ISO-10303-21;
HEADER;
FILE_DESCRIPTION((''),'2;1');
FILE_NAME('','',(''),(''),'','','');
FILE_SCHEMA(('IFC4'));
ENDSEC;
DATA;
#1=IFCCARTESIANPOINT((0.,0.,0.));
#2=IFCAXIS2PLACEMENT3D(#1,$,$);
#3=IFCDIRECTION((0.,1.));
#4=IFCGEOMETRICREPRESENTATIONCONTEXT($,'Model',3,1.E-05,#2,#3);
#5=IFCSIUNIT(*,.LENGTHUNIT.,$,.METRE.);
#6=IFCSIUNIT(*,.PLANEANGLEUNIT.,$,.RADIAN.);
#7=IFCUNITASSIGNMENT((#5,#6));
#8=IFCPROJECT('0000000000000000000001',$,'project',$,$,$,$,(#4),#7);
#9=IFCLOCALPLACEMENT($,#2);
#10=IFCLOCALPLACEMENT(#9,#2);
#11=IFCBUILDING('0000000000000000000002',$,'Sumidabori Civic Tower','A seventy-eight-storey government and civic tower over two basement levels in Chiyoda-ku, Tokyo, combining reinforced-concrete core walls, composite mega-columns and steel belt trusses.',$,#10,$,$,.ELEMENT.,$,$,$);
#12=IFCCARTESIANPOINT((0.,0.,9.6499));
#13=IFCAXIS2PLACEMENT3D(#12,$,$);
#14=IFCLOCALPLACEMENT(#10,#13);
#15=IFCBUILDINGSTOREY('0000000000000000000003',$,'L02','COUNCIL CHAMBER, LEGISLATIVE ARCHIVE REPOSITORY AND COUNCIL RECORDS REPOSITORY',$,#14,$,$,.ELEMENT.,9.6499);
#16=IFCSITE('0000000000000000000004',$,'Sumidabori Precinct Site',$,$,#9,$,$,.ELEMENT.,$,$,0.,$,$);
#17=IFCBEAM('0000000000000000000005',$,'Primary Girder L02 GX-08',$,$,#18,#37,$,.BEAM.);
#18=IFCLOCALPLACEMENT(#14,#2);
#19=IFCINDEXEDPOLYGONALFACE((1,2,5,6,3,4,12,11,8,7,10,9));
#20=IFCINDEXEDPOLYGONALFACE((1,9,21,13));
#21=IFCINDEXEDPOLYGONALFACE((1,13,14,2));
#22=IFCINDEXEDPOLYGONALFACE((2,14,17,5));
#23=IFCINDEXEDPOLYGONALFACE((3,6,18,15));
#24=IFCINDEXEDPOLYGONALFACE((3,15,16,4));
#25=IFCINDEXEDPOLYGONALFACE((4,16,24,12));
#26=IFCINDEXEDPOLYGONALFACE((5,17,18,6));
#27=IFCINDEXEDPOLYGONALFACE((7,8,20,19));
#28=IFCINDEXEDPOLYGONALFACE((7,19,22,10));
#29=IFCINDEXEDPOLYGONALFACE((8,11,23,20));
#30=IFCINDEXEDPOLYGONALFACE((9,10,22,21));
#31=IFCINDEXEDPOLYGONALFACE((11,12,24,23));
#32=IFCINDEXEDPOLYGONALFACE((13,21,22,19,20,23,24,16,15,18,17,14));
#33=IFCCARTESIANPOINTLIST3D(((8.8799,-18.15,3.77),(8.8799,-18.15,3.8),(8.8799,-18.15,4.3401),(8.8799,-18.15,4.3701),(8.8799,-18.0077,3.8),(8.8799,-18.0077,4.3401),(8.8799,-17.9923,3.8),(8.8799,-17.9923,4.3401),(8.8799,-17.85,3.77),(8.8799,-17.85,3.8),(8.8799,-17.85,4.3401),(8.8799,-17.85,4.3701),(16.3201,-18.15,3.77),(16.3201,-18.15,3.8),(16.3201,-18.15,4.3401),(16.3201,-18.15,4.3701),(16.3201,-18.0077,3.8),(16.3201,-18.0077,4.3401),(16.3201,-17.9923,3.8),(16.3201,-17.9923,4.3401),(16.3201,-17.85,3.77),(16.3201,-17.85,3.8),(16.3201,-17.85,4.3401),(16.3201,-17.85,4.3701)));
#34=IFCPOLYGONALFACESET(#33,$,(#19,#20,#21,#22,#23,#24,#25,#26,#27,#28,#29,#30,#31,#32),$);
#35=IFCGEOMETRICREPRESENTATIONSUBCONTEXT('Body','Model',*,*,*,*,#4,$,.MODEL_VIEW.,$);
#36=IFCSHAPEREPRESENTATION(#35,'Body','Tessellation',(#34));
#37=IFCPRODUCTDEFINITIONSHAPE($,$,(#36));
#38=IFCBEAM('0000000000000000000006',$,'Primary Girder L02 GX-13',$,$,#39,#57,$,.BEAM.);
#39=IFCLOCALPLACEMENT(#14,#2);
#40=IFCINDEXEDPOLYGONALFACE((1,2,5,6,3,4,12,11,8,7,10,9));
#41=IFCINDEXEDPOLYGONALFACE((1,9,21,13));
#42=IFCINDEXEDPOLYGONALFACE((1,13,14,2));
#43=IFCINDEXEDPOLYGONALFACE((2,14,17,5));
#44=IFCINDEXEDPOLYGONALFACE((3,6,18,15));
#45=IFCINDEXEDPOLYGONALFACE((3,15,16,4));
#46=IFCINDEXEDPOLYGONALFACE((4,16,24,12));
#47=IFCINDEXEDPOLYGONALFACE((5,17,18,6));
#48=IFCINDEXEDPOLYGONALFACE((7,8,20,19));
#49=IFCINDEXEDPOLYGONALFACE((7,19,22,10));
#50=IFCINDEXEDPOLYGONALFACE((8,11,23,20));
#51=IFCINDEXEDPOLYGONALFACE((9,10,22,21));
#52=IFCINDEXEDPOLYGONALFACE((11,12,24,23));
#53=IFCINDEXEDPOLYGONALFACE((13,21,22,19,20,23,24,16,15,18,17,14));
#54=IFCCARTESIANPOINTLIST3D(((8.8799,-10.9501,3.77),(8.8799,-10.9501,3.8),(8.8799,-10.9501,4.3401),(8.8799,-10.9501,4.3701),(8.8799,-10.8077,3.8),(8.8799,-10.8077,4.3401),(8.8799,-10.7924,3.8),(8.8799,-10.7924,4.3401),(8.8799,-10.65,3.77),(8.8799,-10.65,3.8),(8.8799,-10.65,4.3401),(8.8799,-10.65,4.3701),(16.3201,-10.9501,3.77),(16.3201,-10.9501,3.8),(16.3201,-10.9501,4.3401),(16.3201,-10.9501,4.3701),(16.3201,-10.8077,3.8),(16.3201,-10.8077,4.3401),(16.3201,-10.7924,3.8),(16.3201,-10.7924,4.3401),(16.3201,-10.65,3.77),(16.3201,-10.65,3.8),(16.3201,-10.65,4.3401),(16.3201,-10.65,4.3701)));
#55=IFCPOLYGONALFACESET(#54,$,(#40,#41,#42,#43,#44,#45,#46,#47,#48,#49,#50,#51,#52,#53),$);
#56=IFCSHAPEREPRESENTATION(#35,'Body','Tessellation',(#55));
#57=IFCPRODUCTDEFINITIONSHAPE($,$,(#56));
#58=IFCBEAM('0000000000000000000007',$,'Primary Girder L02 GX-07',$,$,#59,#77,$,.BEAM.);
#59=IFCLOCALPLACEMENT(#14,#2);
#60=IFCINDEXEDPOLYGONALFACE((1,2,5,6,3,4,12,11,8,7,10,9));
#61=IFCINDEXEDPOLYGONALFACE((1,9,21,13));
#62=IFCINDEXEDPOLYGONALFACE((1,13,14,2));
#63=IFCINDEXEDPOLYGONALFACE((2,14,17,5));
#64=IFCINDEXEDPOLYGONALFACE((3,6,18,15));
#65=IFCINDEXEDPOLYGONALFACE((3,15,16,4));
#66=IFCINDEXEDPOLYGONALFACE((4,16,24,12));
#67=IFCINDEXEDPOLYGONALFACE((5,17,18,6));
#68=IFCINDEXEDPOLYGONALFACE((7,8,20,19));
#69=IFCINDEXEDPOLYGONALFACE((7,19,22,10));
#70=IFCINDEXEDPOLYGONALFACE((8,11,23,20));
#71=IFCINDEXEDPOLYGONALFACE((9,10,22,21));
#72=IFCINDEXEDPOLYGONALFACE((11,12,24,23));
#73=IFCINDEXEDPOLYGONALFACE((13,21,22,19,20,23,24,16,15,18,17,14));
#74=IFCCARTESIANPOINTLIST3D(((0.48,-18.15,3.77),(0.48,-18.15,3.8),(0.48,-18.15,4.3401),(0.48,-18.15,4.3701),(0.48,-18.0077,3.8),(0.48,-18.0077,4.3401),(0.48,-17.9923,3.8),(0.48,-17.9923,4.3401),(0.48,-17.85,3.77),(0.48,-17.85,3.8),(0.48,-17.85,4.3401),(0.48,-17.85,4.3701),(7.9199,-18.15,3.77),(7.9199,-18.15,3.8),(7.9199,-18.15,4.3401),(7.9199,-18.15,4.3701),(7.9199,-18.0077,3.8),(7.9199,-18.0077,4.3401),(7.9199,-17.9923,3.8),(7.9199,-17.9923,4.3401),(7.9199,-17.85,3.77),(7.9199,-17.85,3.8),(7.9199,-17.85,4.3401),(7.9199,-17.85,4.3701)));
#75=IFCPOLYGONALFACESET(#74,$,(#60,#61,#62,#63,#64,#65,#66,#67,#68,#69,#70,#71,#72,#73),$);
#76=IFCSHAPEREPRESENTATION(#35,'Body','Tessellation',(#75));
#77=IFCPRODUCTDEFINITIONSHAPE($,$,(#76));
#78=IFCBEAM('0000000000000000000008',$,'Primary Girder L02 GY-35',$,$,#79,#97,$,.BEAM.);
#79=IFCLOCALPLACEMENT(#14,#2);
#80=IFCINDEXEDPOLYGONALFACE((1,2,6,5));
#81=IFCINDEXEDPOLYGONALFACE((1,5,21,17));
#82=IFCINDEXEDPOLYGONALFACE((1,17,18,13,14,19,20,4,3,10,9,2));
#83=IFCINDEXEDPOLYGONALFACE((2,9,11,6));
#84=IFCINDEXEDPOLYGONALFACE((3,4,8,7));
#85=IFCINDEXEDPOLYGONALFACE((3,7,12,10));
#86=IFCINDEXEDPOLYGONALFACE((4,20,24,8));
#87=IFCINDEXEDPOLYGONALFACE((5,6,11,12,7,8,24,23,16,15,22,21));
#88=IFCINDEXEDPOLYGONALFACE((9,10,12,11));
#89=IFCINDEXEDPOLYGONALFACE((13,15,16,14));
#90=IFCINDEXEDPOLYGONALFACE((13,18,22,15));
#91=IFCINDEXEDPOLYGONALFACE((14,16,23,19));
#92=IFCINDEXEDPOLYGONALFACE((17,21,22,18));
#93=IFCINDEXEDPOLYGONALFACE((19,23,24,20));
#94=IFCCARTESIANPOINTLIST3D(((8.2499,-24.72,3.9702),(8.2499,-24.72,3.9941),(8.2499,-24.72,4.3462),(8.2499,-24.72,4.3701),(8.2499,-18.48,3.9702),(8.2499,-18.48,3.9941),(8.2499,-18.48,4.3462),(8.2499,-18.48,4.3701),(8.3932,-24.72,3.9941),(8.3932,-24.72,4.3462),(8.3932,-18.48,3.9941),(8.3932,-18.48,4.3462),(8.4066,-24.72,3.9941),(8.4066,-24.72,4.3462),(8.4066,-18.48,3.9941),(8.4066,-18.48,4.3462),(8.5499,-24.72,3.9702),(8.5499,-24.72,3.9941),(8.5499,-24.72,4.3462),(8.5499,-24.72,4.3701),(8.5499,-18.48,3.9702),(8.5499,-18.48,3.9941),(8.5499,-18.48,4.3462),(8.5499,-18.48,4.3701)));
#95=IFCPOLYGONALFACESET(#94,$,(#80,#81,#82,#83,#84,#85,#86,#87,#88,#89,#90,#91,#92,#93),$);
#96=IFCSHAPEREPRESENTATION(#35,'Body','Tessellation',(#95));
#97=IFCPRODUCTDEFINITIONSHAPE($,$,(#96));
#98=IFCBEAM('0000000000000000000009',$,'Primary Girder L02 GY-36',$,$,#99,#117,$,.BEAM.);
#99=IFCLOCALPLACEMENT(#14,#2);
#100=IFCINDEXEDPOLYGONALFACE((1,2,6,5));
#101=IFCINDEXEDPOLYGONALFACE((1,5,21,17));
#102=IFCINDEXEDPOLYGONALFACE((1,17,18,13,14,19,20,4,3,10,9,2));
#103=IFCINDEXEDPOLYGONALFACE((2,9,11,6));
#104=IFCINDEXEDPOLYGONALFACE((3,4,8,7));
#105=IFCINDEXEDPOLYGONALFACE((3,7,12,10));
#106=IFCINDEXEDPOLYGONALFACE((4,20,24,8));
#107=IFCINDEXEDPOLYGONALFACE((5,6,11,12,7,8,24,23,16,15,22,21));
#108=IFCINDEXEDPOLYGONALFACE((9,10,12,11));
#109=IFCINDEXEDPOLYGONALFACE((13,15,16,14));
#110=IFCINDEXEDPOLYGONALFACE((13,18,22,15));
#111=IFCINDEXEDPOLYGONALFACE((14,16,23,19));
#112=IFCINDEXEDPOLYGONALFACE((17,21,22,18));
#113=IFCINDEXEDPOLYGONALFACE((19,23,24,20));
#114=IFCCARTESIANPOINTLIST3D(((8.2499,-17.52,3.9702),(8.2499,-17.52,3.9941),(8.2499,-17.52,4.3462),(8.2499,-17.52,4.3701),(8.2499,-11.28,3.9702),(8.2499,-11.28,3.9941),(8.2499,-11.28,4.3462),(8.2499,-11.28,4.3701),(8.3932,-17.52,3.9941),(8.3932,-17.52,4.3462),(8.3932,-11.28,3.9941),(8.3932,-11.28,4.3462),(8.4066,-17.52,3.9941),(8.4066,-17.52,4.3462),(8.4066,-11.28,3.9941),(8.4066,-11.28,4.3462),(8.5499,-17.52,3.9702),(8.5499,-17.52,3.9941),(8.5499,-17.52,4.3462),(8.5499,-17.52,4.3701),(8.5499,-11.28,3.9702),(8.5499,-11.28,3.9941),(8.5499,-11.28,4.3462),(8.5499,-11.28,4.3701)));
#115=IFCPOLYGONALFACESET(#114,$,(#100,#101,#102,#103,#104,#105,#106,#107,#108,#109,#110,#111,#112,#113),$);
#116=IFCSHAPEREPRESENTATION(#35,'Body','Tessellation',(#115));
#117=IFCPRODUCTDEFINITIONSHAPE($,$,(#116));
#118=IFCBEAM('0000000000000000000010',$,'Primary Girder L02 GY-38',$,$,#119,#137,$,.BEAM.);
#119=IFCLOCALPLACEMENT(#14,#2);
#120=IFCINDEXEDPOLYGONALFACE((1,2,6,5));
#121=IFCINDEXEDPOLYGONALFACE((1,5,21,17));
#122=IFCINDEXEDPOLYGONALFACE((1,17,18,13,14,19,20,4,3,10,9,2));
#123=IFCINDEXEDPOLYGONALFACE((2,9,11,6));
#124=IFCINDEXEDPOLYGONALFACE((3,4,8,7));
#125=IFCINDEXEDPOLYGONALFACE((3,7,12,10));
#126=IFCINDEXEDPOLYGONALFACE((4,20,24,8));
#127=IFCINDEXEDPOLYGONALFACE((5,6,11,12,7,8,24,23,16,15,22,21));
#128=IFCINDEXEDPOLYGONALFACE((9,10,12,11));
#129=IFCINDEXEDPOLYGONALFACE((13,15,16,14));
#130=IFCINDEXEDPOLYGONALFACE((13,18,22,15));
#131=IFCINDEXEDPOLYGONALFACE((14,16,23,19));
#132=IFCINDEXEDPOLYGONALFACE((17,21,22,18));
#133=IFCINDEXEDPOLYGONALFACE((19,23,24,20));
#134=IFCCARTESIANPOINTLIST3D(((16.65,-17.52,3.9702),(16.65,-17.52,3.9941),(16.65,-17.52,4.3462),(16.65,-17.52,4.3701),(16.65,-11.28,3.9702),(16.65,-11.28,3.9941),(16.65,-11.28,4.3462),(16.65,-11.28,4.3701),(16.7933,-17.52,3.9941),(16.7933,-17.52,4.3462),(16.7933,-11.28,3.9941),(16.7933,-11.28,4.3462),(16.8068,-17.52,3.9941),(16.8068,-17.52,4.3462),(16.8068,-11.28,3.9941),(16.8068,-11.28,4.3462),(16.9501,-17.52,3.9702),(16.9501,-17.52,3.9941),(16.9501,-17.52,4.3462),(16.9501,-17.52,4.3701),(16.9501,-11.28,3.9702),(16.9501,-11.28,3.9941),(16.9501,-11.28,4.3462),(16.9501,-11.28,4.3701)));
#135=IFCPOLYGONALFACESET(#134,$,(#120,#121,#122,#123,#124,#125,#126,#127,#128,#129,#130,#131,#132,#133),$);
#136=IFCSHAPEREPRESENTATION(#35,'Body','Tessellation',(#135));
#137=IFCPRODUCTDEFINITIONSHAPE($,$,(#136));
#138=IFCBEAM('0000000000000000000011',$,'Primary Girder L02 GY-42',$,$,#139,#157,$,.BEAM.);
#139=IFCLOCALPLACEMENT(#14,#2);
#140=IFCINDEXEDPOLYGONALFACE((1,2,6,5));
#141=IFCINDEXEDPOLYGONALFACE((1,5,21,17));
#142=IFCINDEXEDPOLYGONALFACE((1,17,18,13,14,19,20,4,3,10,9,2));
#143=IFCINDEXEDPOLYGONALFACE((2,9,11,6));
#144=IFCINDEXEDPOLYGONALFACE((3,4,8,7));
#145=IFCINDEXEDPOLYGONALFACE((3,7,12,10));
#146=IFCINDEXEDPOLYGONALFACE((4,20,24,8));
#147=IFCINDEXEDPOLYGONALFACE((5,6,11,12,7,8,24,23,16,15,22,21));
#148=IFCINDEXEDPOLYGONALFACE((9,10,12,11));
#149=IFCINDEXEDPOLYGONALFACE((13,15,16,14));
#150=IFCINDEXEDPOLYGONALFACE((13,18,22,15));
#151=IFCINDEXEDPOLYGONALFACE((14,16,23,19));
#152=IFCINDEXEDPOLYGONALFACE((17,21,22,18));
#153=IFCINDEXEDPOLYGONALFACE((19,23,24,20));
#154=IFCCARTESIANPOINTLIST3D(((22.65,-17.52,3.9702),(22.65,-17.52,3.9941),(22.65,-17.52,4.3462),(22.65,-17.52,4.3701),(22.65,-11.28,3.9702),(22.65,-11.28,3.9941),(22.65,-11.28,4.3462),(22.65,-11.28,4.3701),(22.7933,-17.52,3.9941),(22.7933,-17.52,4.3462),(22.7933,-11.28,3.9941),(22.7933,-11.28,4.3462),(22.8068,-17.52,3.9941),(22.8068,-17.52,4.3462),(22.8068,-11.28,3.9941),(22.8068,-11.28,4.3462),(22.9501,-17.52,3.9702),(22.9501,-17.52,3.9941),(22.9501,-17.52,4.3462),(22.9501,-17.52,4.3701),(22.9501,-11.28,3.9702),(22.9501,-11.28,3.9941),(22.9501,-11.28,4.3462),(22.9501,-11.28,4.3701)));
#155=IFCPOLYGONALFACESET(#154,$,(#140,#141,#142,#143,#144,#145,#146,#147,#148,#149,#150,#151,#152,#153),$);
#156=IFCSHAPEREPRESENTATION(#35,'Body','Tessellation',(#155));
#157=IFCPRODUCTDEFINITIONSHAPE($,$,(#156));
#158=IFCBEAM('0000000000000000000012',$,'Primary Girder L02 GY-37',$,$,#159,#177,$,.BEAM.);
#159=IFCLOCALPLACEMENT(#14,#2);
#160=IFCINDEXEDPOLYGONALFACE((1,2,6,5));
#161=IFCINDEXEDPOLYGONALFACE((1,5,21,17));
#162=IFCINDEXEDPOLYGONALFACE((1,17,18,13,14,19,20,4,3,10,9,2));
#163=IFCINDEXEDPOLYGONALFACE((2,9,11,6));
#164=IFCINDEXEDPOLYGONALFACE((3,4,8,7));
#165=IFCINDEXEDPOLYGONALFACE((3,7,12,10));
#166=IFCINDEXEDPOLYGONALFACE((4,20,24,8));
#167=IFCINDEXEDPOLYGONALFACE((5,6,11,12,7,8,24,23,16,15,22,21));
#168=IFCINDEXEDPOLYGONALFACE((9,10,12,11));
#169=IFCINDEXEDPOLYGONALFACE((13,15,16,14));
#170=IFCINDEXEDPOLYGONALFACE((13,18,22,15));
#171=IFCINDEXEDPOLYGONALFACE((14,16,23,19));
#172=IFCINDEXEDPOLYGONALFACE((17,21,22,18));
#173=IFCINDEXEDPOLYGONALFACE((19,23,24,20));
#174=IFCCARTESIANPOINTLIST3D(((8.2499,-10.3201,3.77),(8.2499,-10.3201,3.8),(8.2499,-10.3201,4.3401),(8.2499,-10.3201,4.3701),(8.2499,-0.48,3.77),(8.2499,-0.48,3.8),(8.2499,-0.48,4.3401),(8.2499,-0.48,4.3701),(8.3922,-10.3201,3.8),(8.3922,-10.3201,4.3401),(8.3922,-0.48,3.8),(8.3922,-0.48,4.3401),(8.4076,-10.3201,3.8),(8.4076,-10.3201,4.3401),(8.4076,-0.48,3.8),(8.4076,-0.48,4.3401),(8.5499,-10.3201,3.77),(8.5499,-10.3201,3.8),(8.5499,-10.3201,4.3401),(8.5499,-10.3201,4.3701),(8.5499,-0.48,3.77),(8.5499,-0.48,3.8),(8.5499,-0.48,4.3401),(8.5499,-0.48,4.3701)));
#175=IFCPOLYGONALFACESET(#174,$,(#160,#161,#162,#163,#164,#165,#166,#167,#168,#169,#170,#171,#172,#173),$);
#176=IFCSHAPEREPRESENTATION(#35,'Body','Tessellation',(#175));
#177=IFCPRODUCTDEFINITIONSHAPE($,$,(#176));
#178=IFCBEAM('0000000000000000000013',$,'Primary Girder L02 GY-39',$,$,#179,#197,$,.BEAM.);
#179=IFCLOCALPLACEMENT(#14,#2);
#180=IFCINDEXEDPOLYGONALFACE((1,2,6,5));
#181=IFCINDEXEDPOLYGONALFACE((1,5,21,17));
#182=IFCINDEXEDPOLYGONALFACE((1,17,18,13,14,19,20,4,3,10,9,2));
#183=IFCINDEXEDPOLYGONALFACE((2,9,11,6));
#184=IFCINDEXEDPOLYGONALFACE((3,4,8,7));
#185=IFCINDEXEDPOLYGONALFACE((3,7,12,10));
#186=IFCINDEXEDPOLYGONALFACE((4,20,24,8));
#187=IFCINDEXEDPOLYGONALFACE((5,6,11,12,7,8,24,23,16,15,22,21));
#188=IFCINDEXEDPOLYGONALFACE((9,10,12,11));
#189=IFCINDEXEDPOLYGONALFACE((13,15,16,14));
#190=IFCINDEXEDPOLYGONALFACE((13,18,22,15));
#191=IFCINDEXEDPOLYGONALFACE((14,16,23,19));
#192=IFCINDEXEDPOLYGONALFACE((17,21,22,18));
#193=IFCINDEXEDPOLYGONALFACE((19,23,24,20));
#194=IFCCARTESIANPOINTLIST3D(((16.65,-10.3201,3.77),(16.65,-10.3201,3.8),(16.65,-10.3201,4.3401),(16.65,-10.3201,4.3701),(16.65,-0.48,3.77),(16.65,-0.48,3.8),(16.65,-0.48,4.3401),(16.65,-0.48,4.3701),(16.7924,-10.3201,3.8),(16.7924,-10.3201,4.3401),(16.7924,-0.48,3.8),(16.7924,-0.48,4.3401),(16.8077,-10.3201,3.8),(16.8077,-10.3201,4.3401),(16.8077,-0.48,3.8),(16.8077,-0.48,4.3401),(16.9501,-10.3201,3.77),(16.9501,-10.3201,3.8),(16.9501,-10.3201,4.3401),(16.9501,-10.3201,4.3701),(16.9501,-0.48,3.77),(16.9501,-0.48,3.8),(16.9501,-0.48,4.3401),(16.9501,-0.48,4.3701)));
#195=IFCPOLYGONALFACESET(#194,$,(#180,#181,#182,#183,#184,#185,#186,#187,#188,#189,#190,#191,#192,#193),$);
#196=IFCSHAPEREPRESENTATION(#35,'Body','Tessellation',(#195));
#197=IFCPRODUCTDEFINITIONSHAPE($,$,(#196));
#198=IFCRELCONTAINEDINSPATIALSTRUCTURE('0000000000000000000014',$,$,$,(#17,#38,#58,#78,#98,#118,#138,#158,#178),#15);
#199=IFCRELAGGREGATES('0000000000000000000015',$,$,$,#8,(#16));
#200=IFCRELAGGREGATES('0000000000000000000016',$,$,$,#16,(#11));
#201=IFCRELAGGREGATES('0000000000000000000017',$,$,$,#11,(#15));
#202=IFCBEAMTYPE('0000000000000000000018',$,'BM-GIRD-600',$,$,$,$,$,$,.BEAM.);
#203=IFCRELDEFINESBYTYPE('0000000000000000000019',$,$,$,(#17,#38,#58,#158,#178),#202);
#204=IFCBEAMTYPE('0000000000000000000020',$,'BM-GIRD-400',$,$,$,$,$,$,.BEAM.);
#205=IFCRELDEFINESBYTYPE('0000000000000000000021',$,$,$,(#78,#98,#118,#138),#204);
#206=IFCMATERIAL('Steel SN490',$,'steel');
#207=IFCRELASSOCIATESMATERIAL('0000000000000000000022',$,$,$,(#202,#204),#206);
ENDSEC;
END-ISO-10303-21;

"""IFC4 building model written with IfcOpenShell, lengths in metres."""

from ifc_helpers import new_model, si_unit, direction, frame, origin, origin_2d, place, context, subcontext, project, spatial, i_section, extrude, source, transform, mapped, material, material_profile, profile_set, type_object, element, save


model = new_model("IFC4")

# Units and contexts
model_context = context("Model", 3, precision=1e-05, world=origin(), true_north=direction((0.0, 1.0)))
body_context = subcontext(model_context, "Body", "Model", "MODEL_VIEW")
ifc_project = project(units=[si_unit("LENGTHUNIT", "METRE"), si_unit("PLANEANGLEUNIT", "RADIAN")], contexts=[model_context])

# Site, building, storey
site_placement = place(None, origin())
site = spatial("IfcSite", under=ifc_project, at=site_placement, Name="Sumidabori Precinct Site", CompositionType="ELEMENT", RefElevation=0.0)
building_placement = place(site_placement, origin())
building = spatial("IfcBuilding", under=site, at=building_placement, Name="Sumidabori Civic Tower", Description="A seventy-eight-storey government and civic tower over two basement levels in Chiyoda-ku, Tokyo, combining reinforced-concrete core walls, composite mega-columns and steel belt trusses.", CompositionType="ELEMENT")
storey_placement = place(building_placement, frame((0.0, 0.0, 9.6499)))
storey = spatial("IfcBuildingStorey", under=building, at=storey_placement, Name="L02", Description="COUNCIL CHAMBER, LEGISLATIVE ARCHIVE REPOSITORY AND COUNCIL RECORDS REPOSITORY", CompositionType="ELEMENT", Elevation=9.6499)

# Beams
ifc_material_1 = material(Name="Steel SN490", Category="steel")
ifc_material_profile_1 = material_profile(ifc_material_1, i_section(OverallWidth=0.3, OverallDepth=0.6001, WebThickness=0.0154, FlangeThickness=0.03, at=origin_2d()), Name="HE 600 B")
ifc_profile_set_1 = profile_set([ifc_material_profile_1], Name="Steel SN490")
beam_type_1 = type_object("IfcBeamType", Name="BM-GIRD-600", PredefinedType="BEAM", material=ifc_profile_set_1)
shared_shape_1 = source(origin(), body_context, "Body", "SweptSolid", [
    extrude(i_section(OverallWidth=0.3, OverallDepth=0.6001, WebThickness=0.0154, FlangeThickness=0.03, at=origin_2d()), origin(), (0.0, 0.0, 1.0), 7.4402),
])
for number, where, z_axis, x_axis, name in (
    (1, (8.8799, -18.0, 4.0701), (1.0, 0.0, 0.0), (0.0, 1.0, 0.0), "Primary Girder L02 GX-08"),
    (2, (8.8799, -10.8, 4.0701), (1.0, 0.0, 0.0), (0.0, 1.0, 0.0), "Primary Girder L02 GX-13"),
):
    element("IfcBeam", number, at=place(storey_placement, frame(where, z_axis=z_axis, x_axis=x_axis)), inside=storey, type_object=beam_type_1, Name=name, PredefinedType="BEAM", context=body_context, shape_type="MappedRepresentation", body=[
        mapped(shared_shape_1, transform((0.0, 0.0, 0.0), x_axis=(1.0, 0.0, 0.0), y_axis=(0.0, 1.0, 0.0), z_axis=(0.0, 0.0, 1.0), scale=1.0)),
    ])
shared_shape_2 = source(origin(), body_context, "Body", "SweptSolid", [
    extrude(i_section(OverallWidth=0.3, OverallDepth=0.6001, WebThickness=0.0154, FlangeThickness=0.03, at=origin_2d()), origin(), (0.0, 0.0, 1.0), 7.4399),
])
beam_1_placement = place(storey_placement, frame((0.48, -18.0, 4.0701), z_axis=(1.0, 0.0, 0.0), x_axis=(0.0, 1.0, 0.0)))
element("IfcBeam", 3, at=beam_1_placement, inside=storey, type_object=beam_type_1, Name="Primary Girder L02 GX-07", PredefinedType="BEAM", context=body_context, shape_type="MappedRepresentation", body=[
    mapped(shared_shape_2, transform((0.0, 0.0, 0.0), x_axis=(1.0, 0.0, 0.0), y_axis=(0.0, 1.0, 0.0), z_axis=(0.0, 0.0, 1.0), scale=1.0)),
])
ifc_material_profile_2 = material_profile(ifc_material_1, i_section(OverallWidth=0.3, OverallDepth=0.3999, WebThickness=0.0134, FlangeThickness=0.0239, at=origin_2d()), Name="HE 400 B")
ifc_profile_set_2 = profile_set([ifc_material_profile_2], Name="Steel SN490")
beam_type_2 = type_object("IfcBeamType", Name="BM-GIRD-400", PredefinedType="BEAM", material=ifc_profile_set_2)
shared_shape_3 = source(origin(), body_context, "Body", "SweptSolid", [
    extrude(i_section(OverallWidth=0.3, OverallDepth=0.3999, WebThickness=0.0134, FlangeThickness=0.0239, at=origin_2d()), origin(), (0.0, 0.0, 1.0), 6.24),
])
for number, where, z_axis, x_axis, name in (
    (4, (8.3999, -24.72, 4.1702), (0.0, 1.0, 0.0), (-1.0, 0.0, 0.0), "Primary Girder L02 GY-35"),
    (5, (8.3999, -17.52, 4.1702), (0.0, 1.0, 0.0), (-1.0, 0.0, 0.0), "Primary Girder L02 GY-36"),
    (6, (16.8, -17.52, 4.1702), (0.0, 1.0, 0.0), (-1.0, 0.0, 0.0), "Primary Girder L02 GY-38"),
    (7, (22.8, -17.52, 4.1702), (0.0, 1.0, 0.0), (-1.0, 0.0, 0.0), "Primary Girder L02 GY-42"),
):
    element("IfcBeam", number, at=place(storey_placement, frame(where, z_axis=z_axis, x_axis=x_axis)), inside=storey, type_object=beam_type_2, Name=name, PredefinedType="BEAM", context=body_context, shape_type="MappedRepresentation", body=[
        mapped(shared_shape_3, transform((0.0, 0.0, 0.0), x_axis=(1.0, 0.0, 0.0), y_axis=(0.0, 1.0, 0.0), z_axis=(0.0, 0.0, 1.0), scale=1.0)),
    ])
shared_shape_4 = source(origin(), body_context, "Body", "SweptSolid", [
    extrude(i_section(OverallWidth=0.3, OverallDepth=0.6001, WebThickness=0.0154, FlangeThickness=0.03, at=origin_2d()), origin(), (0.0, 0.0, 1.0), 9.8401),
])
for number, where, z_axis, x_axis, name in (
    (8, (8.3999, -10.3201, 4.0701), (0.0, 1.0, 0.0), (-1.0, 0.0, 0.0), "Primary Girder L02 GY-37"),
    (9, (16.8, -10.3201, 4.0701), (0.0, 1.0, 0.0), (-1.0, 0.0, 0.0), "Primary Girder L02 GY-39"),
):
    element("IfcBeam", number, at=place(storey_placement, frame(where, z_axis=z_axis, x_axis=x_axis)), inside=storey, type_object=beam_type_1, Name=name, PredefinedType="BEAM", context=body_context, shape_type="MappedRepresentation", body=[
        mapped(shared_shape_4, transform((0.0, 0.0, 0.0), x_axis=(1.0, 0.0, 0.0), y_axis=(0.0, 1.0, 0.0), z_axis=(0.0, 0.0, 1.0), scale=1.0)),
    ])

save(model, "model.ifc")
